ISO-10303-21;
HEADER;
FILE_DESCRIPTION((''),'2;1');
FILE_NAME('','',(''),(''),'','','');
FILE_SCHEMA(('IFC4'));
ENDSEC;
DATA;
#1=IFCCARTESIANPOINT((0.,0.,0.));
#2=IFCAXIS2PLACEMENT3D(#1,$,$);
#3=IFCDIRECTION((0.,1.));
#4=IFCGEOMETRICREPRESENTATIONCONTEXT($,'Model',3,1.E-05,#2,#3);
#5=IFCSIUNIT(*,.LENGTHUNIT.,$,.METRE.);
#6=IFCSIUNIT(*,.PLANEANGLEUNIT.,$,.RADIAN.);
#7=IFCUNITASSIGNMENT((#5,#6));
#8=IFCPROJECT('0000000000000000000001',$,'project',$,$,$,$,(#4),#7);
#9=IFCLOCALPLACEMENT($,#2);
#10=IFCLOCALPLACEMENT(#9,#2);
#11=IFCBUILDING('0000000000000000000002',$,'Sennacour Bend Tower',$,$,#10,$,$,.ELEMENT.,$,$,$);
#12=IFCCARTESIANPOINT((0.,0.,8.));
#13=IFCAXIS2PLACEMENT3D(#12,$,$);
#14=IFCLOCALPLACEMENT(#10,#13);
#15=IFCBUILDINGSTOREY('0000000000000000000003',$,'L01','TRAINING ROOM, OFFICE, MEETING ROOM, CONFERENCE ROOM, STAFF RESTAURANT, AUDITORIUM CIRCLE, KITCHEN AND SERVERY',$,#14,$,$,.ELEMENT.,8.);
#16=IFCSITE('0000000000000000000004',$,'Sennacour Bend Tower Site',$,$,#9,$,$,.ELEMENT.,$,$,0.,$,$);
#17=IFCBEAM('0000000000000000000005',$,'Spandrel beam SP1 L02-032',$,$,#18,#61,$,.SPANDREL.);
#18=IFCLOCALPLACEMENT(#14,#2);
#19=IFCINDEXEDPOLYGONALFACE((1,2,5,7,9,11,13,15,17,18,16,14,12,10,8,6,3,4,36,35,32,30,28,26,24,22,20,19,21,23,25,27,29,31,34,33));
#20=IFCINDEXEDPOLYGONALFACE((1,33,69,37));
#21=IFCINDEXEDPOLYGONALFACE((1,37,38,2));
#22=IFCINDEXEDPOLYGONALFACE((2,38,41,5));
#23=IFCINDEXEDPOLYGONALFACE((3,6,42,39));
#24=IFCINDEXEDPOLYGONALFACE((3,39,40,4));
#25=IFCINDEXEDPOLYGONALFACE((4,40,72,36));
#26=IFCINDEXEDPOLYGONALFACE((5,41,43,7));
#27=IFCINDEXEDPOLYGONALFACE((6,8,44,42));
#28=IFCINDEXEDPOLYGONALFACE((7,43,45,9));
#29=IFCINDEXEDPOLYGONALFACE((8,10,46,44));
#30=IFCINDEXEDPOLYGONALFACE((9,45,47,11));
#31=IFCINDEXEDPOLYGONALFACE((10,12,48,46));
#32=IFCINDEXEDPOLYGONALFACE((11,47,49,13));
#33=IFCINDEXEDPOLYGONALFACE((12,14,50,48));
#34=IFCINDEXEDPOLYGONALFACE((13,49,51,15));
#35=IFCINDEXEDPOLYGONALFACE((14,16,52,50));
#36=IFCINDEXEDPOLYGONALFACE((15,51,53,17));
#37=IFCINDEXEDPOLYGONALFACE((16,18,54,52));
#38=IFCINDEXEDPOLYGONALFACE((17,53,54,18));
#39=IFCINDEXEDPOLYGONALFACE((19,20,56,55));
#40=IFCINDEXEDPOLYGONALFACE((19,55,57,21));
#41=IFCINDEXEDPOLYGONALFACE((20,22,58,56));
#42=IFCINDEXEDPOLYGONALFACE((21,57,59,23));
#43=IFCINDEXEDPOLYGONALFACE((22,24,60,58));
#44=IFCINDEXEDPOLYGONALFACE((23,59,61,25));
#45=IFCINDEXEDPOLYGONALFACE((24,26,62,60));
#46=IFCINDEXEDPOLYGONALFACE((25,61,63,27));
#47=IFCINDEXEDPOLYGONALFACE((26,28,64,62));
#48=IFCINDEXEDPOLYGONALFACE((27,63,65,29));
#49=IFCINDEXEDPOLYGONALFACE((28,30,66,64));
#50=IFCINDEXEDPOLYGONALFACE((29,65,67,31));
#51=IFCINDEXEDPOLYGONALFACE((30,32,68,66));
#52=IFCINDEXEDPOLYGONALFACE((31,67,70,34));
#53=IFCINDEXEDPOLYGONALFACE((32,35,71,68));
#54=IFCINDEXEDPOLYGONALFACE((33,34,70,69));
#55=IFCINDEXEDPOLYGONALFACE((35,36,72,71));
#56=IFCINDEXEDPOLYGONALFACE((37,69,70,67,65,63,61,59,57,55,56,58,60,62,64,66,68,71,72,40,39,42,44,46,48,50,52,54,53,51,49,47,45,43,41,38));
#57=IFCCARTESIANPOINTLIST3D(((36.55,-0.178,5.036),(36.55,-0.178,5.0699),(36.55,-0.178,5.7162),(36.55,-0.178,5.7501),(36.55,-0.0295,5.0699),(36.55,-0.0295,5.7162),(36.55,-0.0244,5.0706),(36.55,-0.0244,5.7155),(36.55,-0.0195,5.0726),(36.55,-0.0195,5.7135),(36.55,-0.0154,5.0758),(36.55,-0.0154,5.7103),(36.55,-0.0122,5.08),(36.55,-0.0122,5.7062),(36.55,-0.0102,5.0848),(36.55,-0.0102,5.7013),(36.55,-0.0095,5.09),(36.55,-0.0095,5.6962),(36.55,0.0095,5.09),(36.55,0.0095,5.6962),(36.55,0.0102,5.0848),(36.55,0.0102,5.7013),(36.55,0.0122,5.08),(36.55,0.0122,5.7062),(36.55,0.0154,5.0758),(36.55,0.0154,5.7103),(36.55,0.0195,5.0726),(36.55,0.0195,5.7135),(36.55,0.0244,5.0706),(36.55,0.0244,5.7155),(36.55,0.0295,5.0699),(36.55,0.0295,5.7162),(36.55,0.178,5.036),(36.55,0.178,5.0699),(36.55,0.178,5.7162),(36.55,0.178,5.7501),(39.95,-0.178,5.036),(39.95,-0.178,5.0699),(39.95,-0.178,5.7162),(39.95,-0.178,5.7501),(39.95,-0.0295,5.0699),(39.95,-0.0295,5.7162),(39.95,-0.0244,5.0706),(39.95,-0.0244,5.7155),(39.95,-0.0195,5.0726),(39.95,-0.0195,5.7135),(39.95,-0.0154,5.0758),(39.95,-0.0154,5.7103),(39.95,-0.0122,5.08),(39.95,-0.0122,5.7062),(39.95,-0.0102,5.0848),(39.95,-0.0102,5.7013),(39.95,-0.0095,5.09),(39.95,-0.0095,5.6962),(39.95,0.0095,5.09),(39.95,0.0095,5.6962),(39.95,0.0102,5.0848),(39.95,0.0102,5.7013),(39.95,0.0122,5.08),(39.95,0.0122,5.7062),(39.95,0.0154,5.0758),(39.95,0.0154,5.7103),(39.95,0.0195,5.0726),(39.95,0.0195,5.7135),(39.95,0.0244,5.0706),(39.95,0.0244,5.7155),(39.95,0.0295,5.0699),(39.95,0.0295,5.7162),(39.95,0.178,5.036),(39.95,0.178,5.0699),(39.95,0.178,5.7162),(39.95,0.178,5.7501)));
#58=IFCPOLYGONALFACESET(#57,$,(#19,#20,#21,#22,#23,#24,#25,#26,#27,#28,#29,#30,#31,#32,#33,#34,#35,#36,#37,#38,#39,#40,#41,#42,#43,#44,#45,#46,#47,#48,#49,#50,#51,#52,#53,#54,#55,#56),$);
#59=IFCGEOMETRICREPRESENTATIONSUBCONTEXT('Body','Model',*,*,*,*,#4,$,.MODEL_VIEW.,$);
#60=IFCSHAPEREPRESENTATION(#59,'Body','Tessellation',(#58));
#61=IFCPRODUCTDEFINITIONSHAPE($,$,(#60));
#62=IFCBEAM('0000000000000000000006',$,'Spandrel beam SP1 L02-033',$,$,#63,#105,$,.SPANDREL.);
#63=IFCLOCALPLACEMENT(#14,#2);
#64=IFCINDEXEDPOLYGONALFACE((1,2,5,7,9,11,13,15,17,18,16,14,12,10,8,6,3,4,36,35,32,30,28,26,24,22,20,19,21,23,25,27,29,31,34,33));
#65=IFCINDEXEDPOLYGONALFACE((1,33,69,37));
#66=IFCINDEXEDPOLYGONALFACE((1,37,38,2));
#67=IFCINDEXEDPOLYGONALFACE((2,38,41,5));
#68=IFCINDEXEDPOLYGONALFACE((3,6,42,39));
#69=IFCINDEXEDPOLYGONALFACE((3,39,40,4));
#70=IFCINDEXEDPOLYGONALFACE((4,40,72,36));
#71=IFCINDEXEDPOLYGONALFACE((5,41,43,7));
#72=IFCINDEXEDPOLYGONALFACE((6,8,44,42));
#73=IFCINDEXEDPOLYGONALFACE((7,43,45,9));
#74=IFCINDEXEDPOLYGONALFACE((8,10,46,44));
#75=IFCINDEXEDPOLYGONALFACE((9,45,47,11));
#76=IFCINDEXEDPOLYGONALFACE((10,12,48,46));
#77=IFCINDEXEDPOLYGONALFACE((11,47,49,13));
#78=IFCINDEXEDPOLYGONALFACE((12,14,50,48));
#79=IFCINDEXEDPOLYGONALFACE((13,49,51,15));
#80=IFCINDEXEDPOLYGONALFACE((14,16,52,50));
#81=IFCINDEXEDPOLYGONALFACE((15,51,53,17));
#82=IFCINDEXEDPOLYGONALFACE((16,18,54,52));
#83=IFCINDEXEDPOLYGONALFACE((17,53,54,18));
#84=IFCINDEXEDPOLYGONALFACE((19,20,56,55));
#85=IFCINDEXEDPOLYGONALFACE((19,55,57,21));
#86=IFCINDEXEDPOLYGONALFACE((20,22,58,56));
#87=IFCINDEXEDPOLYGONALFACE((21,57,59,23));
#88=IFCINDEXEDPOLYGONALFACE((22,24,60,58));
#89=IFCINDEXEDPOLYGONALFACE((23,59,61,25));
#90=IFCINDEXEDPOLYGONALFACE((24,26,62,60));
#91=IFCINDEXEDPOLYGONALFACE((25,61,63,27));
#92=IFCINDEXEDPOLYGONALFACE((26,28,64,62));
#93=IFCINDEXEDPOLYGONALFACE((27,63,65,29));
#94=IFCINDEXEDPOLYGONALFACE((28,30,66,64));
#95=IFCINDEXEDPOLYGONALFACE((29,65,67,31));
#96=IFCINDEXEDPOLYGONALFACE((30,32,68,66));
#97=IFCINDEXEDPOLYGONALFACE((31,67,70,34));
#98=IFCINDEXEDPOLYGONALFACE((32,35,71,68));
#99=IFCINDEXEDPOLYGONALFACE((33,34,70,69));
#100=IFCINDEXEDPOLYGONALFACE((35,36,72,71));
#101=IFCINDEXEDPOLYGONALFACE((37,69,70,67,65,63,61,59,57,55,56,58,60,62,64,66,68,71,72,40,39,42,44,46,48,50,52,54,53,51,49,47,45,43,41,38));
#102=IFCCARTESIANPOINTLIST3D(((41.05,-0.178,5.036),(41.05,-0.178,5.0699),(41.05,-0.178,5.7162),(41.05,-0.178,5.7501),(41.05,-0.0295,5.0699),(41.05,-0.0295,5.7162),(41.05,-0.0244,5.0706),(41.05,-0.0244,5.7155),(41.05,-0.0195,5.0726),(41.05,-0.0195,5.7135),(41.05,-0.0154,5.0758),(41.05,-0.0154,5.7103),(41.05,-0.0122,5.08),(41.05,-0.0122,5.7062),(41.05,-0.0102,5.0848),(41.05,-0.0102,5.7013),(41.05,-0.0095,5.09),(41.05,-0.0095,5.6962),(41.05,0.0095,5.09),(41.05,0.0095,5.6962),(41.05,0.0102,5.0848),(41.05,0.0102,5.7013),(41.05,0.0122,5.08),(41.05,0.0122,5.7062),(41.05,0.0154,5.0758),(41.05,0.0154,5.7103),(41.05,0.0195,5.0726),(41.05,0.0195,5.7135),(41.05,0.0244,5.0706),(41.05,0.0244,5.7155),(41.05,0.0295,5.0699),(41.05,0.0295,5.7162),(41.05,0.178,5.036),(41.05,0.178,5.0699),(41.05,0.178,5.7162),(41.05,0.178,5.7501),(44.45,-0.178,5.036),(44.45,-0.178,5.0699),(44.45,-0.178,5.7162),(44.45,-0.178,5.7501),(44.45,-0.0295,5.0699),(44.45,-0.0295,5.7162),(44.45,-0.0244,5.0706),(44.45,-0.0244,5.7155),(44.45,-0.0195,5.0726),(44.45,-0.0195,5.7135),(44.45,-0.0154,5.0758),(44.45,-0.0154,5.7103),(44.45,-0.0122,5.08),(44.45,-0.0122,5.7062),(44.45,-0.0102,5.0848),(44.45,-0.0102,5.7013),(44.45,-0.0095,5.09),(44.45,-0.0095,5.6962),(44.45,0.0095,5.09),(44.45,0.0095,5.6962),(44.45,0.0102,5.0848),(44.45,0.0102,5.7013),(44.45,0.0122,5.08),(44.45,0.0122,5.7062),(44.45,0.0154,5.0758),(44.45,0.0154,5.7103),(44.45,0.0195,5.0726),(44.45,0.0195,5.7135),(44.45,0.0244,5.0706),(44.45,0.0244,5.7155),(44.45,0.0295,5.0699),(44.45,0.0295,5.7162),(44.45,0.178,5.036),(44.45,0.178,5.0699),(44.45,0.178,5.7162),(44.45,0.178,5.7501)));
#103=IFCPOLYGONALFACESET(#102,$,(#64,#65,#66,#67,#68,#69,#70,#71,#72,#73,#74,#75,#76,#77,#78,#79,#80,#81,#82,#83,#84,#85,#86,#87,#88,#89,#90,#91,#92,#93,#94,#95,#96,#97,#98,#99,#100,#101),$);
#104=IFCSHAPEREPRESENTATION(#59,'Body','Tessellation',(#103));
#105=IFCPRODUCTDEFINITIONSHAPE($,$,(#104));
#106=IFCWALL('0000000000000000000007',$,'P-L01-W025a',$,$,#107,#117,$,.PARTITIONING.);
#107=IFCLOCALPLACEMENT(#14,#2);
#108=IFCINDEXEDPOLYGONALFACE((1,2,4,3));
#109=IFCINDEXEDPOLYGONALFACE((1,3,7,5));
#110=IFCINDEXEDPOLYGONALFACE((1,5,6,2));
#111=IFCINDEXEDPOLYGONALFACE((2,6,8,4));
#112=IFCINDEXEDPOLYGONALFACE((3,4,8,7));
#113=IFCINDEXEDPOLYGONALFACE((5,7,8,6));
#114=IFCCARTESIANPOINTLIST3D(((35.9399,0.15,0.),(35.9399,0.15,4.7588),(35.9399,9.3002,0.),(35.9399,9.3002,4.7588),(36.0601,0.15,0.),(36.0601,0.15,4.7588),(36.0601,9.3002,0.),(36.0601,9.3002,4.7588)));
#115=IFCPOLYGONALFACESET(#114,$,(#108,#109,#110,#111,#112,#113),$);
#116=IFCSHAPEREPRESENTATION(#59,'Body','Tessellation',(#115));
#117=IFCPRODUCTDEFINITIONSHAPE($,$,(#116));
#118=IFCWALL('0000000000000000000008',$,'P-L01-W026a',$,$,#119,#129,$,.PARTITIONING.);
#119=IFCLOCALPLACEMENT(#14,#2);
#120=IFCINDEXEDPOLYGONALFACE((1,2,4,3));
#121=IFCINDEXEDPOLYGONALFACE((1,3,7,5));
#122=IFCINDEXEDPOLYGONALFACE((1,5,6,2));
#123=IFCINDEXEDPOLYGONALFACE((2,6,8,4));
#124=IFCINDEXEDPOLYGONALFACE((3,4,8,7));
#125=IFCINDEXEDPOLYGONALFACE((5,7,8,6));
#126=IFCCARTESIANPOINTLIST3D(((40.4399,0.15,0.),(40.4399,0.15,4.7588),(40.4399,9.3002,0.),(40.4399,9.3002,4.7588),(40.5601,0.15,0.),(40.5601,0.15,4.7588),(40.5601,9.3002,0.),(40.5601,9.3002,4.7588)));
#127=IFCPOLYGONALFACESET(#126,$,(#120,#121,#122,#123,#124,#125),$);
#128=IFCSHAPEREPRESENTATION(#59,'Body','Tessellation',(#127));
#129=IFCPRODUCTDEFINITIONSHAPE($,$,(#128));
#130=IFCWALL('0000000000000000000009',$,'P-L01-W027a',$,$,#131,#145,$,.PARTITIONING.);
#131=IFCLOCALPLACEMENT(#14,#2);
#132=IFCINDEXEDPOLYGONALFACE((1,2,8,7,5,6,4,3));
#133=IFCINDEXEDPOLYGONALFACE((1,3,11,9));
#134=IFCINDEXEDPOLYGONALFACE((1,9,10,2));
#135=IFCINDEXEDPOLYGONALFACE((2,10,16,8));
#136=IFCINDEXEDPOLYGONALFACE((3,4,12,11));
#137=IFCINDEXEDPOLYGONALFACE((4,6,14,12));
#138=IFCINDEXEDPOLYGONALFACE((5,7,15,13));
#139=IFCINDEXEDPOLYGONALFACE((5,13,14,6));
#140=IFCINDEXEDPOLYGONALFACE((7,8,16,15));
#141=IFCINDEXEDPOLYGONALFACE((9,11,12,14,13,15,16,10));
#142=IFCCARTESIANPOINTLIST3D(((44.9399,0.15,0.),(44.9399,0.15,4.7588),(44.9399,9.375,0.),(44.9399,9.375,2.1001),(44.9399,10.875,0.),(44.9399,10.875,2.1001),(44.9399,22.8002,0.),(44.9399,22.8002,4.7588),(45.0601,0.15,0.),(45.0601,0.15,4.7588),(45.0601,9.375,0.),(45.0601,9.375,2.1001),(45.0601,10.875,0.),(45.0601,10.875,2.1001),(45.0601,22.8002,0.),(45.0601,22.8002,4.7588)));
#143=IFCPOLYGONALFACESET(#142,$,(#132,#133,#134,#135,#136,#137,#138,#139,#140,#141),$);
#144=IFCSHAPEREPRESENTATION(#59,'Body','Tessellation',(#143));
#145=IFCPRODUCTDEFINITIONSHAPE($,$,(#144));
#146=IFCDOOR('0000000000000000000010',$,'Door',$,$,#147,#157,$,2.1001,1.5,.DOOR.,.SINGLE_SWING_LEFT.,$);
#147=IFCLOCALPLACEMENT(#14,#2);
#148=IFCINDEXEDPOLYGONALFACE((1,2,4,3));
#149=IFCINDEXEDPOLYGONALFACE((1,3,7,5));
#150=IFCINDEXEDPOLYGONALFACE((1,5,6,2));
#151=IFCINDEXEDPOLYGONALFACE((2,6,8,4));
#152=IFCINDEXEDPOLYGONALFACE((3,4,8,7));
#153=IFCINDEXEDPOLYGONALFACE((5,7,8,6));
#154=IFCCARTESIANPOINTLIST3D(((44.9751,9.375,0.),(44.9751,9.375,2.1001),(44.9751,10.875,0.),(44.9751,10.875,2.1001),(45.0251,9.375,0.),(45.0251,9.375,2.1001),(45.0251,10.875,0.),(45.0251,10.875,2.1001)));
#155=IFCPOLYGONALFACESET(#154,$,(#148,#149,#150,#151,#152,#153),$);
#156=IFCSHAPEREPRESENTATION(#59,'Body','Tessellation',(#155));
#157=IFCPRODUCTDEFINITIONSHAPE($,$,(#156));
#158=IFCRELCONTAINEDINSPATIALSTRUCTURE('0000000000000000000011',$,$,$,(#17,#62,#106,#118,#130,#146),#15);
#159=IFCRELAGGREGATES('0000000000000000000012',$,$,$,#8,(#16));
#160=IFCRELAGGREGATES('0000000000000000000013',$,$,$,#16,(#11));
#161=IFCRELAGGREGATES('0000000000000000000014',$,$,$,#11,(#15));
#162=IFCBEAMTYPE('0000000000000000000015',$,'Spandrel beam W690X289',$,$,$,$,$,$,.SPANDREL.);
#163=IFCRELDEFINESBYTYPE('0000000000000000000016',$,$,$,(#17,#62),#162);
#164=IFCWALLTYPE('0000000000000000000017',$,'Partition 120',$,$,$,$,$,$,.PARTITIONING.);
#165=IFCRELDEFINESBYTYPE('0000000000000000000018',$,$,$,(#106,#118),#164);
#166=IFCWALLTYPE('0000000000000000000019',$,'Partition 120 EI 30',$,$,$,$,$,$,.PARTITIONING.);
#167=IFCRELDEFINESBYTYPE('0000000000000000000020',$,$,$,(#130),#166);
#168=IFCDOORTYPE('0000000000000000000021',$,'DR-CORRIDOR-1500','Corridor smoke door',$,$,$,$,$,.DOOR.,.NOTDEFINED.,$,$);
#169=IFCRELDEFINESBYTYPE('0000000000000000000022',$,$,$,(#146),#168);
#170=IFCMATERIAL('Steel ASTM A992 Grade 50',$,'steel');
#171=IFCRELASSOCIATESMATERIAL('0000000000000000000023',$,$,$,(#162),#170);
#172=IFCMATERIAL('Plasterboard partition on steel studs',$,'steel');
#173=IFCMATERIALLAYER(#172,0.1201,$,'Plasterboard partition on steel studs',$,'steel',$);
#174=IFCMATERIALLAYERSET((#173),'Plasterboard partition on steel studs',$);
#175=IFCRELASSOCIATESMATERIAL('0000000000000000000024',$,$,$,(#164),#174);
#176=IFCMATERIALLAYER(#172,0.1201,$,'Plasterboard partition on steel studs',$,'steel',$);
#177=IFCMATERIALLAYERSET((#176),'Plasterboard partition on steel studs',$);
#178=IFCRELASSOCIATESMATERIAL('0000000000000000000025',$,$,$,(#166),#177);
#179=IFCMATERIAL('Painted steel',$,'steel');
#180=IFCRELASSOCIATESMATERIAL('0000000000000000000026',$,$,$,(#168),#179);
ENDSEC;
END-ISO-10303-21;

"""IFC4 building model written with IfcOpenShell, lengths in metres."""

from ifc_helpers import new_model, si_unit, direction, frame, frame_2d, origin, origin_2d, place, context, subcontext, project, spatial, rectangle, i_section, extrude, material, layer, layer_set, material_profile, profile_set, type_object, element, fill, save


model = new_model("IFC4")

# Units and contexts
model_context = context("Model", 3, precision=1e-05, world=origin(), true_north=direction((0.0, 1.0)))
body_context = subcontext(model_context, "Body", "Model", "MODEL_VIEW")
ifc_project = project(units=[si_unit("LENGTHUNIT", "METRE"), si_unit("PLANEANGLEUNIT", "RADIAN")], contexts=[model_context])

# Site, building, storey
site_placement = place(None, origin())
site = spatial("IfcSite", under=ifc_project, at=site_placement, Name="Sennacour Bend Tower Site", CompositionType="ELEMENT", RefElevation=0.0)
building_placement = place(site_placement, origin())
building = spatial("IfcBuilding", under=site, at=building_placement, Name="Sennacour Bend Tower", CompositionType="ELEMENT")
storey_placement = place(building_placement, frame((0.0, 0.0, 8.0)))
storey = spatial("IfcBuildingStorey", under=building, at=storey_placement, Name="L01", Description="TRAINING ROOM, OFFICE, MEETING ROOM, CONFERENCE ROOM, STAFF RESTAURANT, AUDITORIUM CIRCLE, KITCHEN AND SERVERY", CompositionType="ELEMENT", Elevation=8.0)

# Beams
ifc_material_1 = material(Name="Steel ASTM A992 Grade 50", Category="steel")
ifc_material_profile_1 = material_profile(ifc_material_1, i_section(OverallWidth=0.356, OverallDepth=0.7141, WebThickness=0.019, FlangeThickness=0.0339, FilletRadius=0.02, at=origin_2d()), Name="Steel ASTM A992 Grade 50", Category="steel")
ifc_profile_set_1 = profile_set([ifc_material_profile_1], Name="Steel ASTM A992 Grade 50")
beam_type_1 = type_object("IfcBeamType", Name="Spandrel beam W690X289", PredefinedType="SPANDREL", material=ifc_profile_set_1)
for number, where, z_axis, x_axis, name in (
    (1, (36.55, 0.0, 5.3931), (1.0, 0.0, 0.0), (0.0, 1.0, 0.0), "Spandrel beam SP1 L02-032"),
    (2, (41.05, 0.0, 5.3931), (1.0, 0.0, 0.0), (0.0, 1.0, 0.0), "Spandrel beam SP1 L02-033"),
):
    element("IfcBeam", number, at=place(storey_placement, frame(where, z_axis=z_axis, x_axis=x_axis)), inside=storey, type_object=beam_type_1, Name=name, PredefinedType="SPANDREL", context=body_context, shape_type="SweptSolid", body=[
        extrude(i_section(OverallWidth=0.356, OverallDepth=0.7141, WebThickness=0.019, FlangeThickness=0.0339, FilletRadius=0.02, at=origin_2d()), origin(), (0.0, 0.0, 1.0), 3.3999),
    ])

# Walls
ifc_material_2 = material(Name="Plasterboard partition on steel studs", Category="steel")
ifc_layer_1 = layer(ifc_material_2, 0.1201, Name="Plasterboard partition on steel studs", Category="steel")
ifc_layer_set_1 = layer_set([ifc_layer_1], Name="Plasterboard partition on steel studs")
wall_type_1 = type_object("IfcWallType", Name="Partition 120", PredefinedType="PARTITIONING", material=ifc_layer_set_1)
for number, where, z_axis, x_axis, name in (
    (3, (36.0, 0.1499, 0.0), (0.0, 0.0, 1.0), (0.0, 1.0, 0.0), "P-L01-W025a"),
    (4, (40.5, 0.1499, 0.0), (0.0, 0.0, 1.0), (0.0, 1.0, 0.0), "P-L01-W026a"),
):
    element("IfcWall", number, at=place(storey_placement, frame(where, z_axis=z_axis, x_axis=x_axis)), inside=storey, type_object=wall_type_1, Name=name, PredefinedType="PARTITIONING", context=body_context, shape_type="SweptSolid", body=[
        extrude(rectangle(XDim=9.1501, YDim=0.1201, at=frame_2d((4.5752, 0.0))), origin(), (0.0, 0.0, 1.0), 4.7588),
    ])

# Wall, opening, door
ifc_layer_2 = layer(ifc_material_2, 0.1201, Name="Plasterboard partition on steel studs", Category="steel")
ifc_layer_set_2 = layer_set([ifc_layer_2], Name="Plasterboard partition on steel studs")
wall_type_2 = type_object("IfcWallType", Name="Partition 120 EI 30", PredefinedType="PARTITIONING", material=ifc_layer_set_2)
wall_1_placement = place(storey_placement, frame((45.0, 0.1499, 0.0), z_axis=(0.0, 0.0, 1.0), x_axis=(0.0, 1.0, 0.0)))
wall_1 = element("IfcWall", 5, at=wall_1_placement, inside=storey, type_object=wall_type_2, Name="P-L01-W027a", PredefinedType="PARTITIONING", context=body_context, shape_type="SweptSolid", body=[
    extrude(rectangle(XDim=22.6501, YDim=0.1201, at=frame_2d((11.3252, 0.0))), origin(), (0.0, 0.0, 1.0), 4.7588),
])
opening_1_placement = place(wall_1_placement, frame((9.2251, 0.0, 0.0)))
opening_1 = element("IfcOpeningElement", 6, at=opening_1_placement, cuts=wall_1, PredefinedType="OPENING", context=body_context, shape_type="SweptSolid", body=[
    extrude(rectangle(XDim=1.5, YDim=2.1001, at=frame_2d((0.75, 1.05))), frame((0.0, 0.0701, 0.0), z_axis=(0.0, -1.0, 0.0), x_axis=(1.0, 0.0, 0.0)), (0.0, 0.0, 1.0), 0.1401),
])
ifc_material_3 = material(Name="Painted steel", Category="steel")
door_type = type_object("IfcDoorType", Name="DR-CORRIDOR-1500", Description="Corridor smoke door", OperationType="NOTDEFINED", PredefinedType="DOOR", material=ifc_material_3)
door_placement = place(opening_1_placement, origin())
door = element("IfcDoor", 7, at=door_placement, inside=storey, type_object=door_type, Name="Door", OperationType="SINGLE_SWING_LEFT", OverallHeight=2.1001, OverallWidth=1.5, PredefinedType="DOOR", context=body_context, shape_type="SweptSolid", body=[
    extrude(rectangle(XDim=1.5, YDim=2.1001, at=frame_2d((0.75, 1.05))), frame((0.0, 0.0249, 0.0), z_axis=(0.0, -1.0, 0.0), x_axis=(1.0, 0.0, 0.0)), (0.0, 0.0, 1.0), 0.05),
])
fill(opening_1, door)

save(model, "model.ifc")
